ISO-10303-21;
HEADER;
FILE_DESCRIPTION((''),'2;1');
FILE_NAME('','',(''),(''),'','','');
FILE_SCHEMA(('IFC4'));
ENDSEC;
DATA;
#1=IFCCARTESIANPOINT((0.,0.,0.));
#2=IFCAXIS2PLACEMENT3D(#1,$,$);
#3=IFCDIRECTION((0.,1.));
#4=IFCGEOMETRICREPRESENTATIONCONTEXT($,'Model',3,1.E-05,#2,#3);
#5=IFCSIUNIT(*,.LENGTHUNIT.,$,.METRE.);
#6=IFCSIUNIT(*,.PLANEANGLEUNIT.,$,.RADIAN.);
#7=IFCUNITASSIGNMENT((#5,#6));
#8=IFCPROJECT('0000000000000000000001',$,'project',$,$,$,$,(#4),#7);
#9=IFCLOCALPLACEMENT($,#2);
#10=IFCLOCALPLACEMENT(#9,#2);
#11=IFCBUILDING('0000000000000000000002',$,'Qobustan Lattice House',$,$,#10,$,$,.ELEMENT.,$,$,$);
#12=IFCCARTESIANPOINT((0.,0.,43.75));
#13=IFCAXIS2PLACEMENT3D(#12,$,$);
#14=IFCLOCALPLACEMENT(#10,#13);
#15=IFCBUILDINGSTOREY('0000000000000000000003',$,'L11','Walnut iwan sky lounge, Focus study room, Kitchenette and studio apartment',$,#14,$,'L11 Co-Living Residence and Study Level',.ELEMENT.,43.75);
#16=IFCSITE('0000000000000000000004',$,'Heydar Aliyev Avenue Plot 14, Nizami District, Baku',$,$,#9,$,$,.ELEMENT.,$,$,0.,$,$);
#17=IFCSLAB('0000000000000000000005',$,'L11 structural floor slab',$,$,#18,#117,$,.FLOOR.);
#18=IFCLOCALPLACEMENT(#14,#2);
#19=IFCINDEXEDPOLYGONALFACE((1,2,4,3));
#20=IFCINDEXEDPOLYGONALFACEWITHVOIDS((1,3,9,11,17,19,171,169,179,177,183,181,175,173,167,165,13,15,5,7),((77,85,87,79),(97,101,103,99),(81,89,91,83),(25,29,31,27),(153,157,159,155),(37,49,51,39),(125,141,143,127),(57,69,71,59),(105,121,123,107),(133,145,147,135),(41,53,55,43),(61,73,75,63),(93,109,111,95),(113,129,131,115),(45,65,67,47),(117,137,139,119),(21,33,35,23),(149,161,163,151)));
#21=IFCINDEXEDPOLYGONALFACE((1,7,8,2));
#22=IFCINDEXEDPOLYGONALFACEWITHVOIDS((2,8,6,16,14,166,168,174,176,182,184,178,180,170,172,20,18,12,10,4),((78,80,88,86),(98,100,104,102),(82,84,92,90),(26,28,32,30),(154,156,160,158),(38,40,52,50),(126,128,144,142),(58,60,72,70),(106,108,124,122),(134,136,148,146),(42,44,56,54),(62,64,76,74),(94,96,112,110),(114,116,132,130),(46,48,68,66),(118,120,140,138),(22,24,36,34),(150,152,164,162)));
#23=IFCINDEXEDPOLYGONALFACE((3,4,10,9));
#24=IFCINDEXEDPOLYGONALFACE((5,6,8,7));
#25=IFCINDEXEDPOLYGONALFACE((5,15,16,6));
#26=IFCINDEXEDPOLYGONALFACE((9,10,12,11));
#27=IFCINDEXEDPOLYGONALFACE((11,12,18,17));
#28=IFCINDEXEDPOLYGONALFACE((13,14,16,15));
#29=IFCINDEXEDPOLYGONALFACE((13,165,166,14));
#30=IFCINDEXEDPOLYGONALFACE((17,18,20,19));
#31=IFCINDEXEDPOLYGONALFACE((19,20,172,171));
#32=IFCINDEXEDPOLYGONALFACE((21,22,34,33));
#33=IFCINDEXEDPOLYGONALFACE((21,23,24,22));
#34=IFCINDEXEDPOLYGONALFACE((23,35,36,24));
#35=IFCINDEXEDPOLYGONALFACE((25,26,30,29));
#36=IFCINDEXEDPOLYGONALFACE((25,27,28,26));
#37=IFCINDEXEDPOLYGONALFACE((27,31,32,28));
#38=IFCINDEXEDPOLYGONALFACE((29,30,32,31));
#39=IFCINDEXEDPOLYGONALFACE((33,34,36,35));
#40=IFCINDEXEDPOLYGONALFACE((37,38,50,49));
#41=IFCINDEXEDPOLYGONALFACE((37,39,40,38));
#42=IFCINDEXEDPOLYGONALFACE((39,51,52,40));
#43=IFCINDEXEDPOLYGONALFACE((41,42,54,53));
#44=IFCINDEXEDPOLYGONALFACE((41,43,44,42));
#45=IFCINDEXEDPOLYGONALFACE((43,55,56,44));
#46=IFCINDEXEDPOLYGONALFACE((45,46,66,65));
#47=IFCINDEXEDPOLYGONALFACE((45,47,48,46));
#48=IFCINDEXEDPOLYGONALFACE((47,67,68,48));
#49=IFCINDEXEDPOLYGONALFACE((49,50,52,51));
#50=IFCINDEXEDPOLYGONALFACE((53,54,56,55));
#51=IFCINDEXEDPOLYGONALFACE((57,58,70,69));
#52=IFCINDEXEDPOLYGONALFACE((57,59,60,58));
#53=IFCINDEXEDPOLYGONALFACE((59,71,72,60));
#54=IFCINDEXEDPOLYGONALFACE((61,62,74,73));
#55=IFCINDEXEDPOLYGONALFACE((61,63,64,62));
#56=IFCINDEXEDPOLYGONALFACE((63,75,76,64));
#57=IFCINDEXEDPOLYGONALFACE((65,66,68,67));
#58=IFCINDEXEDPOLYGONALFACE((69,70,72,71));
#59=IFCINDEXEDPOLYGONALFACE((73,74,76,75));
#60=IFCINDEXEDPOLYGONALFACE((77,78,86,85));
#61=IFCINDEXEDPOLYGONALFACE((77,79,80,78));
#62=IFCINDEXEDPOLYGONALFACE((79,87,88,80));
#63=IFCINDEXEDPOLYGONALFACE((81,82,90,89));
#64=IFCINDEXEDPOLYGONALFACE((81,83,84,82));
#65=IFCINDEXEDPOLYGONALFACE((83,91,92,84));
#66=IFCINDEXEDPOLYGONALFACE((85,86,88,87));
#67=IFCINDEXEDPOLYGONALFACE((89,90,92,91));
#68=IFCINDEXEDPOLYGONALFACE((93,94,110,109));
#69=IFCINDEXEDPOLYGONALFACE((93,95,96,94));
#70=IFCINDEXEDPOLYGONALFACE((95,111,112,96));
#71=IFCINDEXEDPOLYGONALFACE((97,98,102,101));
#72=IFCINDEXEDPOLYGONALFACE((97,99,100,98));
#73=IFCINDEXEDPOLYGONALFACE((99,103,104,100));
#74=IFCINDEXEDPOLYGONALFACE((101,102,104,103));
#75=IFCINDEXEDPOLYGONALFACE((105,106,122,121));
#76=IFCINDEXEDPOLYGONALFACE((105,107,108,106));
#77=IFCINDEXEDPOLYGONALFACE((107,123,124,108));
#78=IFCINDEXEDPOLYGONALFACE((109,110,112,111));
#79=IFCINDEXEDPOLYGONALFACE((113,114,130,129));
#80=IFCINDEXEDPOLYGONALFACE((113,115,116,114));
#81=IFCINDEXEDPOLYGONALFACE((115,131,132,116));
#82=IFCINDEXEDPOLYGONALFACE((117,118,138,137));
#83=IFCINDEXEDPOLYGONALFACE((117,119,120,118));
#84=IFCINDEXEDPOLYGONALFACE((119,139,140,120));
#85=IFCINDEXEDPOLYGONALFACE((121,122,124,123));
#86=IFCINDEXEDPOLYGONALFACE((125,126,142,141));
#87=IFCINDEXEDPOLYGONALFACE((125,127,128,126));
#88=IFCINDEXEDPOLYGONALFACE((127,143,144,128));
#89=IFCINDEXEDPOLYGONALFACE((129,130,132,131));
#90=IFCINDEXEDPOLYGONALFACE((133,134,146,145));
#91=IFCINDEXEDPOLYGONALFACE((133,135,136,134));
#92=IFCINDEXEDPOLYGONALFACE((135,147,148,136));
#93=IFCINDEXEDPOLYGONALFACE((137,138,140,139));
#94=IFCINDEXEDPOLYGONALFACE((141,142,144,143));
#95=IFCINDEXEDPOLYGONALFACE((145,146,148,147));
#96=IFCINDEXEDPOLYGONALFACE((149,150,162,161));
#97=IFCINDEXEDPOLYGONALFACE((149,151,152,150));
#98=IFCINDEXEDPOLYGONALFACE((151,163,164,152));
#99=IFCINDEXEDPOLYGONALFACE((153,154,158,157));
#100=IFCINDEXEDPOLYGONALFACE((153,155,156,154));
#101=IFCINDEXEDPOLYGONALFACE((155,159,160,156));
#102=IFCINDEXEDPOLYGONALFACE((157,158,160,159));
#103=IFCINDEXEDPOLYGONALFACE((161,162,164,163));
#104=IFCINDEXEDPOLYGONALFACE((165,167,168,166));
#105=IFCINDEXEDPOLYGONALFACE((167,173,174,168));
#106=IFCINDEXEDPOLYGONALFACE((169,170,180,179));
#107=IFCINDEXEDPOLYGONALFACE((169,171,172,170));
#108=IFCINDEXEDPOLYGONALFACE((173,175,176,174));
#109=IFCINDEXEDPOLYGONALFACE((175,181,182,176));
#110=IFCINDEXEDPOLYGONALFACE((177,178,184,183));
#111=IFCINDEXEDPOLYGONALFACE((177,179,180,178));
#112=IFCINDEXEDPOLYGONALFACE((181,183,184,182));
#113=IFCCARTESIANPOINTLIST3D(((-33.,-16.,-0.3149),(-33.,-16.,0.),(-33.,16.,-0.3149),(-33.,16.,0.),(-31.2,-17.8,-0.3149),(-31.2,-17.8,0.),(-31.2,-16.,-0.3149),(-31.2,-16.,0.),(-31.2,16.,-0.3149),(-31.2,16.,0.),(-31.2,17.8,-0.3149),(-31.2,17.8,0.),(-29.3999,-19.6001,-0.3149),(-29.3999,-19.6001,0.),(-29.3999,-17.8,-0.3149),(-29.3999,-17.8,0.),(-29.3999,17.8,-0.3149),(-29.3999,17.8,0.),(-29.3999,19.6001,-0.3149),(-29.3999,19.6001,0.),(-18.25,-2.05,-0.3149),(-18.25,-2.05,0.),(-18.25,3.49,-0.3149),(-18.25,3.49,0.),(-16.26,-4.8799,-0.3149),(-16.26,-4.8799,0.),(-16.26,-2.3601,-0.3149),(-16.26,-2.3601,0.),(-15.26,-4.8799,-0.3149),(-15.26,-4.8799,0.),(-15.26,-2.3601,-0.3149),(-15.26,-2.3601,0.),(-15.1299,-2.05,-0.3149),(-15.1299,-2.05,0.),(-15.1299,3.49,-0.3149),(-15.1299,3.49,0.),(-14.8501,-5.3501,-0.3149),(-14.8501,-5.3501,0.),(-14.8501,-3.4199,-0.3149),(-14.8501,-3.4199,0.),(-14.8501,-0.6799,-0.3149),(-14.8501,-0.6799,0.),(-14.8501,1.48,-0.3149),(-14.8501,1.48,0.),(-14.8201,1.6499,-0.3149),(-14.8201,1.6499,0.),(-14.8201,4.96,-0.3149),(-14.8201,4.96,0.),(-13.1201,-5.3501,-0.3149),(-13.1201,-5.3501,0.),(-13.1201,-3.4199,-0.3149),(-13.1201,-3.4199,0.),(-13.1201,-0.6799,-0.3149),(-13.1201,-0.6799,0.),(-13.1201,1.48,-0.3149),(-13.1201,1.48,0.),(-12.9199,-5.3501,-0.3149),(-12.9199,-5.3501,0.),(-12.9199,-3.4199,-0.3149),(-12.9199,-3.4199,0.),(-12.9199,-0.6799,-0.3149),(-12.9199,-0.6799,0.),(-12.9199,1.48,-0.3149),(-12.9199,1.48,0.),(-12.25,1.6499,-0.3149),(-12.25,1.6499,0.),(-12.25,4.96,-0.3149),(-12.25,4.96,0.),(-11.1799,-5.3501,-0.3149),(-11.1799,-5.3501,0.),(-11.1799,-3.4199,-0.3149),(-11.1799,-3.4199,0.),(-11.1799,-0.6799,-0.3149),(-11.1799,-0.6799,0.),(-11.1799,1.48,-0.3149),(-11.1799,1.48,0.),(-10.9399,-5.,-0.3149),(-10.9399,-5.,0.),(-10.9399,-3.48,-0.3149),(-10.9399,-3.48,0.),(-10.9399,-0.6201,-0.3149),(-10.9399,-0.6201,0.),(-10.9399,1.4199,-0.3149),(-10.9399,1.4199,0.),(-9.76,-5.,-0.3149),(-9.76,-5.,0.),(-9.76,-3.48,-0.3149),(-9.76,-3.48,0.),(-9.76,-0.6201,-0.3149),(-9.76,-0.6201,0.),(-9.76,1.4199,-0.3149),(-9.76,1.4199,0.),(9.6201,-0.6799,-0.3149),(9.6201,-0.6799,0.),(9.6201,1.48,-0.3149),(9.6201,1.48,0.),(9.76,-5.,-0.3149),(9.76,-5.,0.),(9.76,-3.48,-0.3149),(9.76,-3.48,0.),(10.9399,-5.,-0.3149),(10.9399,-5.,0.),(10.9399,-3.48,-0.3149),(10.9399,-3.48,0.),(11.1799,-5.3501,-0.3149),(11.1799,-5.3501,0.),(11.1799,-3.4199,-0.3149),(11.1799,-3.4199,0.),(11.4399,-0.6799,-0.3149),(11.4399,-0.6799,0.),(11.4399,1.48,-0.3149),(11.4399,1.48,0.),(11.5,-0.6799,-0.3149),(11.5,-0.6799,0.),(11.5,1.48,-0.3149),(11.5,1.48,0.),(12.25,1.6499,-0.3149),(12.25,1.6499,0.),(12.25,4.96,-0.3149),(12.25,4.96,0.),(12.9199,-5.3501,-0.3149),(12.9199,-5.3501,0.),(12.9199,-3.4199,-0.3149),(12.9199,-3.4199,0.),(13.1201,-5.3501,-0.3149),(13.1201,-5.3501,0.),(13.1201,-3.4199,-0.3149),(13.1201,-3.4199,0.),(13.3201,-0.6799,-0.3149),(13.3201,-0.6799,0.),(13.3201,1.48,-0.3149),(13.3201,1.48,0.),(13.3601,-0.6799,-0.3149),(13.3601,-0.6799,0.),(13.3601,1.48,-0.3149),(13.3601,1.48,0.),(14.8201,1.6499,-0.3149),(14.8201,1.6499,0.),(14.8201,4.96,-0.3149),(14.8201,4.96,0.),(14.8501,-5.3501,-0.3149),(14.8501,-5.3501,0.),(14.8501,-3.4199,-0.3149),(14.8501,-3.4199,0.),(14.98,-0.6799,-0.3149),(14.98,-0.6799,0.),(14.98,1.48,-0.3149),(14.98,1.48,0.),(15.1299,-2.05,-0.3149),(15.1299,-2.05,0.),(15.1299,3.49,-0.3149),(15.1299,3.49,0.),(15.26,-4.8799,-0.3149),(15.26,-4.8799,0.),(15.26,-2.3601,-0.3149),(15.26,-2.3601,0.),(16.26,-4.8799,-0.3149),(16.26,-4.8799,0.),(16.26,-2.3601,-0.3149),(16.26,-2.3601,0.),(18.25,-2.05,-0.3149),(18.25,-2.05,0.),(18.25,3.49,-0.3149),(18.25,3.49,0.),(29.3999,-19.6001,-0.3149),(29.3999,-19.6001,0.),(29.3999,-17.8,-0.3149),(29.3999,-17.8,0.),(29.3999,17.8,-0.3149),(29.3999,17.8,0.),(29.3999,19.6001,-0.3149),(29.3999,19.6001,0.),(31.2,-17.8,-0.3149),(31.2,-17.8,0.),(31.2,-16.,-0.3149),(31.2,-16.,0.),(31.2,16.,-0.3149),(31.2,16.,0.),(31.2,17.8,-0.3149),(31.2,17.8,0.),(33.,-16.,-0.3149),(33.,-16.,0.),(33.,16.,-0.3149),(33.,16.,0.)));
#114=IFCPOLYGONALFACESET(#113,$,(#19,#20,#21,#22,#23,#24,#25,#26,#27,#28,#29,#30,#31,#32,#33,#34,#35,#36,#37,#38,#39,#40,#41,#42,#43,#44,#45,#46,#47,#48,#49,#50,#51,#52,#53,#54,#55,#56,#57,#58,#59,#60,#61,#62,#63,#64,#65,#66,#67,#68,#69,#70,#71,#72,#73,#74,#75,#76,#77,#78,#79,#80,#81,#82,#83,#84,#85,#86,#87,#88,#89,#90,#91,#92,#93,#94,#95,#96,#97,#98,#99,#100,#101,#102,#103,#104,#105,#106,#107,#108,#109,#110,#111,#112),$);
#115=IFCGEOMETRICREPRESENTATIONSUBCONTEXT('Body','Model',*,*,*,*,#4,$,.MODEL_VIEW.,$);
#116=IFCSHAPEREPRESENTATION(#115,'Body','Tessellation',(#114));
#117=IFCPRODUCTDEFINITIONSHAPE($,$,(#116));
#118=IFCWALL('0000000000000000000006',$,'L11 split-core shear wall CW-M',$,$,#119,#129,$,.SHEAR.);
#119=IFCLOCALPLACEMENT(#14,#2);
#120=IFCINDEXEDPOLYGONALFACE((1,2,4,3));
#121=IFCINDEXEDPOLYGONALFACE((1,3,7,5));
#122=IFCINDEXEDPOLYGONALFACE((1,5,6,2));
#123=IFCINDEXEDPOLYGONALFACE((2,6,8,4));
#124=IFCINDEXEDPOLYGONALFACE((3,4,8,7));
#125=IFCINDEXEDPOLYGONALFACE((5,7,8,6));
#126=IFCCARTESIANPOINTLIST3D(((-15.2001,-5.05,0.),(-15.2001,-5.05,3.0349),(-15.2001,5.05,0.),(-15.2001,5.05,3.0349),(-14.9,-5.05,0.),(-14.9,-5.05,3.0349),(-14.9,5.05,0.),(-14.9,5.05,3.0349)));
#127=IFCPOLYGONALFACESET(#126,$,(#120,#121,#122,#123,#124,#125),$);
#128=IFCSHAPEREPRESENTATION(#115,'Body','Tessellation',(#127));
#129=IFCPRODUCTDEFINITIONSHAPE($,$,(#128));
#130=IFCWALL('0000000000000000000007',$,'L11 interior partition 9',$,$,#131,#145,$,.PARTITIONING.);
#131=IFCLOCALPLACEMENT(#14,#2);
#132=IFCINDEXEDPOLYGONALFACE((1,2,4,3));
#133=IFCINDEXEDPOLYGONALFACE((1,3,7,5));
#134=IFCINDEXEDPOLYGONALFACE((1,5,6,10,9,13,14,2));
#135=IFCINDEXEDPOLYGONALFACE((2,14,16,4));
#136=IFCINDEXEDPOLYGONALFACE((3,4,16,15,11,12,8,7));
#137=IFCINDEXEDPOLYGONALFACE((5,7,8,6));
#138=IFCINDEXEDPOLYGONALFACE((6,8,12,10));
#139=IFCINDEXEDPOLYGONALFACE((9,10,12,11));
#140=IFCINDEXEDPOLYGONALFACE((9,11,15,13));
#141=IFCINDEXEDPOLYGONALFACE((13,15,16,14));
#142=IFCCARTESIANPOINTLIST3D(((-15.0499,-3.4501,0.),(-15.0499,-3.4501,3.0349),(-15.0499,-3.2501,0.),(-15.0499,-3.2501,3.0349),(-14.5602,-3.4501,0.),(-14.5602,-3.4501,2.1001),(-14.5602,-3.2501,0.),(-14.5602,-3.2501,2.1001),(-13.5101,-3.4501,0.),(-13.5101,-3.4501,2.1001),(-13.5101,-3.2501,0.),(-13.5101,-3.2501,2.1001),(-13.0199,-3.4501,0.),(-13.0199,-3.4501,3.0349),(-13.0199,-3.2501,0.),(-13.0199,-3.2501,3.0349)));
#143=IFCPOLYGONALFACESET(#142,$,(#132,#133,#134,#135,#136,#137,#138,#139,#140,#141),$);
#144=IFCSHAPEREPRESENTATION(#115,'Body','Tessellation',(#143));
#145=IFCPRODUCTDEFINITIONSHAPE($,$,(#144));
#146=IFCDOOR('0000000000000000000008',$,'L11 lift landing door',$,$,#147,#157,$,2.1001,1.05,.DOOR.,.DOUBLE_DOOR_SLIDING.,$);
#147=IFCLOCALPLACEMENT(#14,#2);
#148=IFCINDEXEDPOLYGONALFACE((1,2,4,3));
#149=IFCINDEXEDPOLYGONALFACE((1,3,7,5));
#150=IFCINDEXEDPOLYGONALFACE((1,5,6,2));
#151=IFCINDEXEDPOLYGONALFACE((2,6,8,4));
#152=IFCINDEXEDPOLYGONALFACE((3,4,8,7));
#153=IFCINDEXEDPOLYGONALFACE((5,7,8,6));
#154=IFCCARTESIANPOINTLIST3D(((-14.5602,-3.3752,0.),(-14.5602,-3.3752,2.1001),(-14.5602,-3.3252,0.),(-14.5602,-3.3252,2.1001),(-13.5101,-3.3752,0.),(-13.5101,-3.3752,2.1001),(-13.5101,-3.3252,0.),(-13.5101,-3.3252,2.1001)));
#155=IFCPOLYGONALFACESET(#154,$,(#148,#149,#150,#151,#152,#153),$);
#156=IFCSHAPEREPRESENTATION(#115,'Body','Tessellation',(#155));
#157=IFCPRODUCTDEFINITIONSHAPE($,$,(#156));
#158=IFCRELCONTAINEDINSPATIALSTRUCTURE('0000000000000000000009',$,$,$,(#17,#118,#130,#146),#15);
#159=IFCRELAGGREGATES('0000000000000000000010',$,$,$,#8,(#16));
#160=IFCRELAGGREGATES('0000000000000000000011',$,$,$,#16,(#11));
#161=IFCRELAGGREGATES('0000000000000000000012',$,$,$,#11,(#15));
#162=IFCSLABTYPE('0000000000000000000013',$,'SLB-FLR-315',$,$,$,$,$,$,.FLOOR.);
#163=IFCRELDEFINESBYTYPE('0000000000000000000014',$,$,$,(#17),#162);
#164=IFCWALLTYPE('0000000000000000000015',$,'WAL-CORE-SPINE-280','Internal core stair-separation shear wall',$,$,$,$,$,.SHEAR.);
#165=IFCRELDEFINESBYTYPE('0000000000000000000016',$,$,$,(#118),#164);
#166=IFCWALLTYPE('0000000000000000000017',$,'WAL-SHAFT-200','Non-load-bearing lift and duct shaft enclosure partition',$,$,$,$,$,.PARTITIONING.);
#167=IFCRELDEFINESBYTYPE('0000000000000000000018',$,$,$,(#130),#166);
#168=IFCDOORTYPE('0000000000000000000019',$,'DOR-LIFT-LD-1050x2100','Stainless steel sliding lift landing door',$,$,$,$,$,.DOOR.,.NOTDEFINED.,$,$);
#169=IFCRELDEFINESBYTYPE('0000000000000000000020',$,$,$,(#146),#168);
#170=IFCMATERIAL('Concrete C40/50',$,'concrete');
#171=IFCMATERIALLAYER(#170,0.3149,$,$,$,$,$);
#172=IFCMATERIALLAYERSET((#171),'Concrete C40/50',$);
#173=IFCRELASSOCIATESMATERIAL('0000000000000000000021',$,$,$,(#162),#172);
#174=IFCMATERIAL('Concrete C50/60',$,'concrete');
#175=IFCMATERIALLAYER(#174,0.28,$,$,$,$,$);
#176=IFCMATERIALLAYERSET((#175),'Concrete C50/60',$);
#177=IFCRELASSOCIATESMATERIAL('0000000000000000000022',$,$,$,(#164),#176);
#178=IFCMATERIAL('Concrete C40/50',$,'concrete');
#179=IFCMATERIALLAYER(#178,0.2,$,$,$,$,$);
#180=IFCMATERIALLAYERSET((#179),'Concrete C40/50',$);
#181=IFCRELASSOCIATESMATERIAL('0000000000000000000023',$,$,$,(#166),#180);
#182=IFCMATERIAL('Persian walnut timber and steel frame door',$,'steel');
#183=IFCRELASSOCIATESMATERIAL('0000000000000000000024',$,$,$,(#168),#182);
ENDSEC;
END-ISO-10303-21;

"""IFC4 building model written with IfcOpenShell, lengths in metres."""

from ifc_helpers import new_model, si_unit, direction, frame, frame_2d, origin, place, context, subcontext, project, spatial, polyline, rectangle, outline, extrude, material, layer, layer_set, type_object, element, fill, save


model = new_model("IFC4")

# Units and contexts
model_context = context("Model", 3, precision=1e-05, world=origin(), true_north=direction((0.0, 1.0)))
body_context = subcontext(model_context, "Body", "Model", "MODEL_VIEW")
ifc_project = project(units=[si_unit("LENGTHUNIT", "METRE"), si_unit("PLANEANGLEUNIT", "RADIAN")], contexts=[model_context])

# Site, building, storey
site_placement = place(None, origin())
site = spatial("IfcSite", under=ifc_project, at=site_placement, Name="Heydar Aliyev Avenue Plot 14, Nizami District, Baku", CompositionType="ELEMENT", RefElevation=0.0)
building_placement = place(site_placement, origin())
building = spatial("IfcBuilding", under=site, at=building_placement, Name="Qobustan Lattice House", CompositionType="ELEMENT")
storey_placement = place(building_placement, frame((0.0, 0.0, 43.75)))
storey = spatial("IfcBuildingStorey", under=building, at=storey_placement, Name="L11", Description="Walnut iwan sky lounge, Focus study room, Kitchenette and studio apartment", LongName="L11 Co-Living Residence and Study Level", CompositionType="ELEMENT", Elevation=43.75)

# Slab
ifc_material_1 = material(Name="Concrete C40/50", Category="concrete")
ifc_layer_1 = layer(ifc_material_1, 0.3149)
ifc_layer_set_1 = layer_set([ifc_layer_1], Name="Concrete C40/50")
slab_type = type_object("IfcSlabType", Name="SLB-FLR-315", PredefinedType="FLOOR", material=ifc_layer_set_1)
slab_placement = place(storey_placement, frame((0.0, 0.0, -0.3149)))
element("IfcSlab", 1, at=slab_placement, inside=storey, type_object=slab_type, Name="L11 structural floor slab", PredefinedType="FLOOR", context=body_context, shape_type="SweptSolid", body=[
    extrude(outline(polyline([(-29.3999, -19.6001), (29.3999, -19.6001), (29.3999, -17.8), (31.2, -17.8), (31.2, -16.0), (33.0, -16.0), (33.0, 16.0), (31.2, 16.0), (31.2, 17.8), (29.3999, 17.8), (29.3999, 19.6001), (-29.3999, 19.6001), (-29.3999, 17.8), (-31.2, 17.8), (-31.2, 16.0), (-33.0, 16.0), (-33.0, -16.0), (-31.2, -16.0), (-31.2, -17.8), (-29.3999, -17.8), (-29.3999, -19.6001)]), holes=[polyline([(-18.25, -2.05), (-18.25, 3.49), (-15.1299, 3.49), (-15.1299, -2.05), (-18.25, -2.05)]), polyline([(15.1299, -2.05), (15.1299, 3.49), (18.25, 3.49), (18.25, -2.05), (15.1299, -2.05)]), polyline([(-14.8201, 1.6499), (-14.8201, 4.96), (-12.25, 4.96), (-12.25, 1.6499), (-14.8201, 1.6499)]), polyline([(12.25, 1.6499), (12.25, 4.96), (14.8201, 4.96), (14.8201, 1.6499), (12.25, 1.6499)]), polyline([(-16.26, -4.8799), (-16.26, -2.3601), (-15.26, -2.3601), (-15.26, -4.8799), (-16.26, -4.8799)]), polyline([(15.26, -4.8799), (15.26, -2.3601), (16.26, -2.3601), (16.26, -4.8799), (15.26, -4.8799)]), polyline([(-14.8501, -5.3501), (-14.8501, -3.4199), (-13.1201, -3.4199), (-13.1201, -5.3501), (-14.8501, -5.3501)]), polyline([(-12.9199, -5.3501), (-12.9199, -3.4199), (-11.1799, -3.4199), (-11.1799, -5.3501), (-12.9199, -5.3501)]), polyline([(-14.8501, -0.6799), (-14.8501, 1.48), (-13.1201, 1.48), (-13.1201, -0.6799), (-14.8501, -0.6799)]), polyline([(-12.9199, -0.6799), (-12.9199, 1.48), (-11.1799, 1.48), (-11.1799, -0.6799), (-12.9199, -0.6799)]), polyline([(-10.9399, -5.0), (-10.9399, -3.48), (-9.76, -3.48), (-9.76, -5.0), (-10.9399, -5.0)]), polyline([(-10.9399, -0.6201), (-10.9399, 1.4199), (-9.76, 1.4199), (-9.76, -0.6201), (-10.9399, -0.6201)]), polyline([(11.1799, -5.3501), (11.1799, -3.4199), (12.9199, -3.4199), (12.9199, -5.3501), (11.1799, -5.3501)]), polyline([(13.1201, -5.3501), (13.1201, -3.4199), (14.8501, -3.4199), (14.8501, -5.3501), (13.1201, -5.3501)]), polyline([(9.76, -5.0), (9.76, -3.48), (10.9399, -3.48), (10.9399, -5.0), (9.76, -5.0)]), polyline([(13.3601, -0.6799), (13.3601, 1.48), (14.98, 1.48), (14.98, -0.6799), (13.3601, -0.6799)]), polyline([(9.6201, -0.6799), (9.6201, 1.48), (11.4399, 1.48), (11.4399, -0.6799), (9.6201, -0.6799)]), polyline([(11.5, -0.6799), (11.5, 1.48), (13.3201, 1.48), (13.3201, -0.6799), (11.5, -0.6799)])]), origin(), (0.0, 0.0, 1.0), 0.3149),
])

# Wall
ifc_material_2 = material(Name="Concrete C50/60", Category="concrete")
ifc_layer_2 = layer(ifc_material_2, 0.28)
ifc_layer_set_2 = layer_set([ifc_layer_2], Name="Concrete C50/60")
wall_type_1 = type_object("IfcWallType", Name="WAL-CORE-SPINE-280", Description="Internal core stair-separation shear wall", PredefinedType="SHEAR", material=ifc_layer_set_2)
wall_1_placement = place(storey_placement, frame((-15.05, -5.05, 0.0), z_axis=(0.0, 0.0, 1.0), x_axis=(0.0, 1.0, 0.0)))
element("IfcWall", 2, at=wall_1_placement, inside=storey, type_object=wall_type_1, Name="L11 split-core shear wall CW-M", PredefinedType="SHEAR", context=body_context, shape_type="SweptSolid", body=[
    extrude(rectangle(XDim=10.1001, YDim=0.3, at=frame_2d((5.05, 0.0))), origin(), (0.0, 0.0, 1.0), 3.0349),
])

# Wall, opening, door
ifc_material_3 = material(Name="Concrete C40/50", Category="concrete")
ifc_layer_3 = layer(ifc_material_3, 0.2)
ifc_layer_set_3 = layer_set([ifc_layer_3], Name="Concrete C40/50")
wall_type_2 = type_object("IfcWallType", Name="WAL-SHAFT-200", Description="Non-load-bearing lift and duct shaft enclosure partition", PredefinedType="PARTITIONING", material=ifc_layer_set_3)
wall_2_placement = place(storey_placement, frame((-15.05, -3.3501, 0.0), z_axis=(0.0, 0.0, 1.0), x_axis=(1.0, 0.0, 0.0)))
wall_2 = element("IfcWall", 3, at=wall_2_placement, inside=storey, type_object=wall_type_2, Name="L11 interior partition 9", PredefinedType="PARTITIONING", context=body_context, shape_type="SweptSolid", body=[
    extrude(rectangle(XDim=2.03, YDim=0.2, at=frame_2d((1.0151, 0.0))), origin(), (0.0, 0.0, 1.0), 3.0349),
])
opening_1_placement = place(wall_2_placement, frame((0.49, 0.0, 0.0)))
opening_1 = element("IfcOpeningElement", 4, at=opening_1_placement, cuts=wall_2, PredefinedType="OPENING", context=body_context, shape_type="SweptSolid", body=[
    extrude(rectangle(XDim=1.05, YDim=2.1001, at=frame_2d((0.5249, 1.05))), frame((0.0, 0.1099, 0.0), z_axis=(0.0, -1.0, 0.0), x_axis=(1.0, 0.0, 0.0)), (0.0, 0.0, 1.0), 0.22),
])
ifc_material_4 = material(Name="Persian walnut timber and steel frame door", Category="steel")
door_type_1 = type_object("IfcDoorType", Name="DOR-LIFT-LD-1050x2100", Description="Stainless steel sliding lift landing door", OperationType="NOTDEFINED", PredefinedType="DOOR", material=ifc_material_4)
door_1_placement = place(opening_1_placement, origin())
door_1 = element("IfcDoor", 5, at=door_1_placement, inside=storey, type_object=door_type_1, Name="L11 lift landing door", OperationType="DOUBLE_DOOR_SLIDING", OverallHeight=2.1001, OverallWidth=1.05, PredefinedType="DOOR", context=body_context, shape_type="SweptSolid", body=[
    extrude(rectangle(XDim=1.05, YDim=2.1001, at=frame_2d((0.5249, 1.05))), frame((0.0, 0.0249, 0.0), z_axis=(0.0, -1.0, 0.0), x_axis=(1.0, 0.0, 0.0)), (0.0, 0.0, 1.0), 0.05),
])
fill(opening_1, door_1)

save(model, "model.ifc")
